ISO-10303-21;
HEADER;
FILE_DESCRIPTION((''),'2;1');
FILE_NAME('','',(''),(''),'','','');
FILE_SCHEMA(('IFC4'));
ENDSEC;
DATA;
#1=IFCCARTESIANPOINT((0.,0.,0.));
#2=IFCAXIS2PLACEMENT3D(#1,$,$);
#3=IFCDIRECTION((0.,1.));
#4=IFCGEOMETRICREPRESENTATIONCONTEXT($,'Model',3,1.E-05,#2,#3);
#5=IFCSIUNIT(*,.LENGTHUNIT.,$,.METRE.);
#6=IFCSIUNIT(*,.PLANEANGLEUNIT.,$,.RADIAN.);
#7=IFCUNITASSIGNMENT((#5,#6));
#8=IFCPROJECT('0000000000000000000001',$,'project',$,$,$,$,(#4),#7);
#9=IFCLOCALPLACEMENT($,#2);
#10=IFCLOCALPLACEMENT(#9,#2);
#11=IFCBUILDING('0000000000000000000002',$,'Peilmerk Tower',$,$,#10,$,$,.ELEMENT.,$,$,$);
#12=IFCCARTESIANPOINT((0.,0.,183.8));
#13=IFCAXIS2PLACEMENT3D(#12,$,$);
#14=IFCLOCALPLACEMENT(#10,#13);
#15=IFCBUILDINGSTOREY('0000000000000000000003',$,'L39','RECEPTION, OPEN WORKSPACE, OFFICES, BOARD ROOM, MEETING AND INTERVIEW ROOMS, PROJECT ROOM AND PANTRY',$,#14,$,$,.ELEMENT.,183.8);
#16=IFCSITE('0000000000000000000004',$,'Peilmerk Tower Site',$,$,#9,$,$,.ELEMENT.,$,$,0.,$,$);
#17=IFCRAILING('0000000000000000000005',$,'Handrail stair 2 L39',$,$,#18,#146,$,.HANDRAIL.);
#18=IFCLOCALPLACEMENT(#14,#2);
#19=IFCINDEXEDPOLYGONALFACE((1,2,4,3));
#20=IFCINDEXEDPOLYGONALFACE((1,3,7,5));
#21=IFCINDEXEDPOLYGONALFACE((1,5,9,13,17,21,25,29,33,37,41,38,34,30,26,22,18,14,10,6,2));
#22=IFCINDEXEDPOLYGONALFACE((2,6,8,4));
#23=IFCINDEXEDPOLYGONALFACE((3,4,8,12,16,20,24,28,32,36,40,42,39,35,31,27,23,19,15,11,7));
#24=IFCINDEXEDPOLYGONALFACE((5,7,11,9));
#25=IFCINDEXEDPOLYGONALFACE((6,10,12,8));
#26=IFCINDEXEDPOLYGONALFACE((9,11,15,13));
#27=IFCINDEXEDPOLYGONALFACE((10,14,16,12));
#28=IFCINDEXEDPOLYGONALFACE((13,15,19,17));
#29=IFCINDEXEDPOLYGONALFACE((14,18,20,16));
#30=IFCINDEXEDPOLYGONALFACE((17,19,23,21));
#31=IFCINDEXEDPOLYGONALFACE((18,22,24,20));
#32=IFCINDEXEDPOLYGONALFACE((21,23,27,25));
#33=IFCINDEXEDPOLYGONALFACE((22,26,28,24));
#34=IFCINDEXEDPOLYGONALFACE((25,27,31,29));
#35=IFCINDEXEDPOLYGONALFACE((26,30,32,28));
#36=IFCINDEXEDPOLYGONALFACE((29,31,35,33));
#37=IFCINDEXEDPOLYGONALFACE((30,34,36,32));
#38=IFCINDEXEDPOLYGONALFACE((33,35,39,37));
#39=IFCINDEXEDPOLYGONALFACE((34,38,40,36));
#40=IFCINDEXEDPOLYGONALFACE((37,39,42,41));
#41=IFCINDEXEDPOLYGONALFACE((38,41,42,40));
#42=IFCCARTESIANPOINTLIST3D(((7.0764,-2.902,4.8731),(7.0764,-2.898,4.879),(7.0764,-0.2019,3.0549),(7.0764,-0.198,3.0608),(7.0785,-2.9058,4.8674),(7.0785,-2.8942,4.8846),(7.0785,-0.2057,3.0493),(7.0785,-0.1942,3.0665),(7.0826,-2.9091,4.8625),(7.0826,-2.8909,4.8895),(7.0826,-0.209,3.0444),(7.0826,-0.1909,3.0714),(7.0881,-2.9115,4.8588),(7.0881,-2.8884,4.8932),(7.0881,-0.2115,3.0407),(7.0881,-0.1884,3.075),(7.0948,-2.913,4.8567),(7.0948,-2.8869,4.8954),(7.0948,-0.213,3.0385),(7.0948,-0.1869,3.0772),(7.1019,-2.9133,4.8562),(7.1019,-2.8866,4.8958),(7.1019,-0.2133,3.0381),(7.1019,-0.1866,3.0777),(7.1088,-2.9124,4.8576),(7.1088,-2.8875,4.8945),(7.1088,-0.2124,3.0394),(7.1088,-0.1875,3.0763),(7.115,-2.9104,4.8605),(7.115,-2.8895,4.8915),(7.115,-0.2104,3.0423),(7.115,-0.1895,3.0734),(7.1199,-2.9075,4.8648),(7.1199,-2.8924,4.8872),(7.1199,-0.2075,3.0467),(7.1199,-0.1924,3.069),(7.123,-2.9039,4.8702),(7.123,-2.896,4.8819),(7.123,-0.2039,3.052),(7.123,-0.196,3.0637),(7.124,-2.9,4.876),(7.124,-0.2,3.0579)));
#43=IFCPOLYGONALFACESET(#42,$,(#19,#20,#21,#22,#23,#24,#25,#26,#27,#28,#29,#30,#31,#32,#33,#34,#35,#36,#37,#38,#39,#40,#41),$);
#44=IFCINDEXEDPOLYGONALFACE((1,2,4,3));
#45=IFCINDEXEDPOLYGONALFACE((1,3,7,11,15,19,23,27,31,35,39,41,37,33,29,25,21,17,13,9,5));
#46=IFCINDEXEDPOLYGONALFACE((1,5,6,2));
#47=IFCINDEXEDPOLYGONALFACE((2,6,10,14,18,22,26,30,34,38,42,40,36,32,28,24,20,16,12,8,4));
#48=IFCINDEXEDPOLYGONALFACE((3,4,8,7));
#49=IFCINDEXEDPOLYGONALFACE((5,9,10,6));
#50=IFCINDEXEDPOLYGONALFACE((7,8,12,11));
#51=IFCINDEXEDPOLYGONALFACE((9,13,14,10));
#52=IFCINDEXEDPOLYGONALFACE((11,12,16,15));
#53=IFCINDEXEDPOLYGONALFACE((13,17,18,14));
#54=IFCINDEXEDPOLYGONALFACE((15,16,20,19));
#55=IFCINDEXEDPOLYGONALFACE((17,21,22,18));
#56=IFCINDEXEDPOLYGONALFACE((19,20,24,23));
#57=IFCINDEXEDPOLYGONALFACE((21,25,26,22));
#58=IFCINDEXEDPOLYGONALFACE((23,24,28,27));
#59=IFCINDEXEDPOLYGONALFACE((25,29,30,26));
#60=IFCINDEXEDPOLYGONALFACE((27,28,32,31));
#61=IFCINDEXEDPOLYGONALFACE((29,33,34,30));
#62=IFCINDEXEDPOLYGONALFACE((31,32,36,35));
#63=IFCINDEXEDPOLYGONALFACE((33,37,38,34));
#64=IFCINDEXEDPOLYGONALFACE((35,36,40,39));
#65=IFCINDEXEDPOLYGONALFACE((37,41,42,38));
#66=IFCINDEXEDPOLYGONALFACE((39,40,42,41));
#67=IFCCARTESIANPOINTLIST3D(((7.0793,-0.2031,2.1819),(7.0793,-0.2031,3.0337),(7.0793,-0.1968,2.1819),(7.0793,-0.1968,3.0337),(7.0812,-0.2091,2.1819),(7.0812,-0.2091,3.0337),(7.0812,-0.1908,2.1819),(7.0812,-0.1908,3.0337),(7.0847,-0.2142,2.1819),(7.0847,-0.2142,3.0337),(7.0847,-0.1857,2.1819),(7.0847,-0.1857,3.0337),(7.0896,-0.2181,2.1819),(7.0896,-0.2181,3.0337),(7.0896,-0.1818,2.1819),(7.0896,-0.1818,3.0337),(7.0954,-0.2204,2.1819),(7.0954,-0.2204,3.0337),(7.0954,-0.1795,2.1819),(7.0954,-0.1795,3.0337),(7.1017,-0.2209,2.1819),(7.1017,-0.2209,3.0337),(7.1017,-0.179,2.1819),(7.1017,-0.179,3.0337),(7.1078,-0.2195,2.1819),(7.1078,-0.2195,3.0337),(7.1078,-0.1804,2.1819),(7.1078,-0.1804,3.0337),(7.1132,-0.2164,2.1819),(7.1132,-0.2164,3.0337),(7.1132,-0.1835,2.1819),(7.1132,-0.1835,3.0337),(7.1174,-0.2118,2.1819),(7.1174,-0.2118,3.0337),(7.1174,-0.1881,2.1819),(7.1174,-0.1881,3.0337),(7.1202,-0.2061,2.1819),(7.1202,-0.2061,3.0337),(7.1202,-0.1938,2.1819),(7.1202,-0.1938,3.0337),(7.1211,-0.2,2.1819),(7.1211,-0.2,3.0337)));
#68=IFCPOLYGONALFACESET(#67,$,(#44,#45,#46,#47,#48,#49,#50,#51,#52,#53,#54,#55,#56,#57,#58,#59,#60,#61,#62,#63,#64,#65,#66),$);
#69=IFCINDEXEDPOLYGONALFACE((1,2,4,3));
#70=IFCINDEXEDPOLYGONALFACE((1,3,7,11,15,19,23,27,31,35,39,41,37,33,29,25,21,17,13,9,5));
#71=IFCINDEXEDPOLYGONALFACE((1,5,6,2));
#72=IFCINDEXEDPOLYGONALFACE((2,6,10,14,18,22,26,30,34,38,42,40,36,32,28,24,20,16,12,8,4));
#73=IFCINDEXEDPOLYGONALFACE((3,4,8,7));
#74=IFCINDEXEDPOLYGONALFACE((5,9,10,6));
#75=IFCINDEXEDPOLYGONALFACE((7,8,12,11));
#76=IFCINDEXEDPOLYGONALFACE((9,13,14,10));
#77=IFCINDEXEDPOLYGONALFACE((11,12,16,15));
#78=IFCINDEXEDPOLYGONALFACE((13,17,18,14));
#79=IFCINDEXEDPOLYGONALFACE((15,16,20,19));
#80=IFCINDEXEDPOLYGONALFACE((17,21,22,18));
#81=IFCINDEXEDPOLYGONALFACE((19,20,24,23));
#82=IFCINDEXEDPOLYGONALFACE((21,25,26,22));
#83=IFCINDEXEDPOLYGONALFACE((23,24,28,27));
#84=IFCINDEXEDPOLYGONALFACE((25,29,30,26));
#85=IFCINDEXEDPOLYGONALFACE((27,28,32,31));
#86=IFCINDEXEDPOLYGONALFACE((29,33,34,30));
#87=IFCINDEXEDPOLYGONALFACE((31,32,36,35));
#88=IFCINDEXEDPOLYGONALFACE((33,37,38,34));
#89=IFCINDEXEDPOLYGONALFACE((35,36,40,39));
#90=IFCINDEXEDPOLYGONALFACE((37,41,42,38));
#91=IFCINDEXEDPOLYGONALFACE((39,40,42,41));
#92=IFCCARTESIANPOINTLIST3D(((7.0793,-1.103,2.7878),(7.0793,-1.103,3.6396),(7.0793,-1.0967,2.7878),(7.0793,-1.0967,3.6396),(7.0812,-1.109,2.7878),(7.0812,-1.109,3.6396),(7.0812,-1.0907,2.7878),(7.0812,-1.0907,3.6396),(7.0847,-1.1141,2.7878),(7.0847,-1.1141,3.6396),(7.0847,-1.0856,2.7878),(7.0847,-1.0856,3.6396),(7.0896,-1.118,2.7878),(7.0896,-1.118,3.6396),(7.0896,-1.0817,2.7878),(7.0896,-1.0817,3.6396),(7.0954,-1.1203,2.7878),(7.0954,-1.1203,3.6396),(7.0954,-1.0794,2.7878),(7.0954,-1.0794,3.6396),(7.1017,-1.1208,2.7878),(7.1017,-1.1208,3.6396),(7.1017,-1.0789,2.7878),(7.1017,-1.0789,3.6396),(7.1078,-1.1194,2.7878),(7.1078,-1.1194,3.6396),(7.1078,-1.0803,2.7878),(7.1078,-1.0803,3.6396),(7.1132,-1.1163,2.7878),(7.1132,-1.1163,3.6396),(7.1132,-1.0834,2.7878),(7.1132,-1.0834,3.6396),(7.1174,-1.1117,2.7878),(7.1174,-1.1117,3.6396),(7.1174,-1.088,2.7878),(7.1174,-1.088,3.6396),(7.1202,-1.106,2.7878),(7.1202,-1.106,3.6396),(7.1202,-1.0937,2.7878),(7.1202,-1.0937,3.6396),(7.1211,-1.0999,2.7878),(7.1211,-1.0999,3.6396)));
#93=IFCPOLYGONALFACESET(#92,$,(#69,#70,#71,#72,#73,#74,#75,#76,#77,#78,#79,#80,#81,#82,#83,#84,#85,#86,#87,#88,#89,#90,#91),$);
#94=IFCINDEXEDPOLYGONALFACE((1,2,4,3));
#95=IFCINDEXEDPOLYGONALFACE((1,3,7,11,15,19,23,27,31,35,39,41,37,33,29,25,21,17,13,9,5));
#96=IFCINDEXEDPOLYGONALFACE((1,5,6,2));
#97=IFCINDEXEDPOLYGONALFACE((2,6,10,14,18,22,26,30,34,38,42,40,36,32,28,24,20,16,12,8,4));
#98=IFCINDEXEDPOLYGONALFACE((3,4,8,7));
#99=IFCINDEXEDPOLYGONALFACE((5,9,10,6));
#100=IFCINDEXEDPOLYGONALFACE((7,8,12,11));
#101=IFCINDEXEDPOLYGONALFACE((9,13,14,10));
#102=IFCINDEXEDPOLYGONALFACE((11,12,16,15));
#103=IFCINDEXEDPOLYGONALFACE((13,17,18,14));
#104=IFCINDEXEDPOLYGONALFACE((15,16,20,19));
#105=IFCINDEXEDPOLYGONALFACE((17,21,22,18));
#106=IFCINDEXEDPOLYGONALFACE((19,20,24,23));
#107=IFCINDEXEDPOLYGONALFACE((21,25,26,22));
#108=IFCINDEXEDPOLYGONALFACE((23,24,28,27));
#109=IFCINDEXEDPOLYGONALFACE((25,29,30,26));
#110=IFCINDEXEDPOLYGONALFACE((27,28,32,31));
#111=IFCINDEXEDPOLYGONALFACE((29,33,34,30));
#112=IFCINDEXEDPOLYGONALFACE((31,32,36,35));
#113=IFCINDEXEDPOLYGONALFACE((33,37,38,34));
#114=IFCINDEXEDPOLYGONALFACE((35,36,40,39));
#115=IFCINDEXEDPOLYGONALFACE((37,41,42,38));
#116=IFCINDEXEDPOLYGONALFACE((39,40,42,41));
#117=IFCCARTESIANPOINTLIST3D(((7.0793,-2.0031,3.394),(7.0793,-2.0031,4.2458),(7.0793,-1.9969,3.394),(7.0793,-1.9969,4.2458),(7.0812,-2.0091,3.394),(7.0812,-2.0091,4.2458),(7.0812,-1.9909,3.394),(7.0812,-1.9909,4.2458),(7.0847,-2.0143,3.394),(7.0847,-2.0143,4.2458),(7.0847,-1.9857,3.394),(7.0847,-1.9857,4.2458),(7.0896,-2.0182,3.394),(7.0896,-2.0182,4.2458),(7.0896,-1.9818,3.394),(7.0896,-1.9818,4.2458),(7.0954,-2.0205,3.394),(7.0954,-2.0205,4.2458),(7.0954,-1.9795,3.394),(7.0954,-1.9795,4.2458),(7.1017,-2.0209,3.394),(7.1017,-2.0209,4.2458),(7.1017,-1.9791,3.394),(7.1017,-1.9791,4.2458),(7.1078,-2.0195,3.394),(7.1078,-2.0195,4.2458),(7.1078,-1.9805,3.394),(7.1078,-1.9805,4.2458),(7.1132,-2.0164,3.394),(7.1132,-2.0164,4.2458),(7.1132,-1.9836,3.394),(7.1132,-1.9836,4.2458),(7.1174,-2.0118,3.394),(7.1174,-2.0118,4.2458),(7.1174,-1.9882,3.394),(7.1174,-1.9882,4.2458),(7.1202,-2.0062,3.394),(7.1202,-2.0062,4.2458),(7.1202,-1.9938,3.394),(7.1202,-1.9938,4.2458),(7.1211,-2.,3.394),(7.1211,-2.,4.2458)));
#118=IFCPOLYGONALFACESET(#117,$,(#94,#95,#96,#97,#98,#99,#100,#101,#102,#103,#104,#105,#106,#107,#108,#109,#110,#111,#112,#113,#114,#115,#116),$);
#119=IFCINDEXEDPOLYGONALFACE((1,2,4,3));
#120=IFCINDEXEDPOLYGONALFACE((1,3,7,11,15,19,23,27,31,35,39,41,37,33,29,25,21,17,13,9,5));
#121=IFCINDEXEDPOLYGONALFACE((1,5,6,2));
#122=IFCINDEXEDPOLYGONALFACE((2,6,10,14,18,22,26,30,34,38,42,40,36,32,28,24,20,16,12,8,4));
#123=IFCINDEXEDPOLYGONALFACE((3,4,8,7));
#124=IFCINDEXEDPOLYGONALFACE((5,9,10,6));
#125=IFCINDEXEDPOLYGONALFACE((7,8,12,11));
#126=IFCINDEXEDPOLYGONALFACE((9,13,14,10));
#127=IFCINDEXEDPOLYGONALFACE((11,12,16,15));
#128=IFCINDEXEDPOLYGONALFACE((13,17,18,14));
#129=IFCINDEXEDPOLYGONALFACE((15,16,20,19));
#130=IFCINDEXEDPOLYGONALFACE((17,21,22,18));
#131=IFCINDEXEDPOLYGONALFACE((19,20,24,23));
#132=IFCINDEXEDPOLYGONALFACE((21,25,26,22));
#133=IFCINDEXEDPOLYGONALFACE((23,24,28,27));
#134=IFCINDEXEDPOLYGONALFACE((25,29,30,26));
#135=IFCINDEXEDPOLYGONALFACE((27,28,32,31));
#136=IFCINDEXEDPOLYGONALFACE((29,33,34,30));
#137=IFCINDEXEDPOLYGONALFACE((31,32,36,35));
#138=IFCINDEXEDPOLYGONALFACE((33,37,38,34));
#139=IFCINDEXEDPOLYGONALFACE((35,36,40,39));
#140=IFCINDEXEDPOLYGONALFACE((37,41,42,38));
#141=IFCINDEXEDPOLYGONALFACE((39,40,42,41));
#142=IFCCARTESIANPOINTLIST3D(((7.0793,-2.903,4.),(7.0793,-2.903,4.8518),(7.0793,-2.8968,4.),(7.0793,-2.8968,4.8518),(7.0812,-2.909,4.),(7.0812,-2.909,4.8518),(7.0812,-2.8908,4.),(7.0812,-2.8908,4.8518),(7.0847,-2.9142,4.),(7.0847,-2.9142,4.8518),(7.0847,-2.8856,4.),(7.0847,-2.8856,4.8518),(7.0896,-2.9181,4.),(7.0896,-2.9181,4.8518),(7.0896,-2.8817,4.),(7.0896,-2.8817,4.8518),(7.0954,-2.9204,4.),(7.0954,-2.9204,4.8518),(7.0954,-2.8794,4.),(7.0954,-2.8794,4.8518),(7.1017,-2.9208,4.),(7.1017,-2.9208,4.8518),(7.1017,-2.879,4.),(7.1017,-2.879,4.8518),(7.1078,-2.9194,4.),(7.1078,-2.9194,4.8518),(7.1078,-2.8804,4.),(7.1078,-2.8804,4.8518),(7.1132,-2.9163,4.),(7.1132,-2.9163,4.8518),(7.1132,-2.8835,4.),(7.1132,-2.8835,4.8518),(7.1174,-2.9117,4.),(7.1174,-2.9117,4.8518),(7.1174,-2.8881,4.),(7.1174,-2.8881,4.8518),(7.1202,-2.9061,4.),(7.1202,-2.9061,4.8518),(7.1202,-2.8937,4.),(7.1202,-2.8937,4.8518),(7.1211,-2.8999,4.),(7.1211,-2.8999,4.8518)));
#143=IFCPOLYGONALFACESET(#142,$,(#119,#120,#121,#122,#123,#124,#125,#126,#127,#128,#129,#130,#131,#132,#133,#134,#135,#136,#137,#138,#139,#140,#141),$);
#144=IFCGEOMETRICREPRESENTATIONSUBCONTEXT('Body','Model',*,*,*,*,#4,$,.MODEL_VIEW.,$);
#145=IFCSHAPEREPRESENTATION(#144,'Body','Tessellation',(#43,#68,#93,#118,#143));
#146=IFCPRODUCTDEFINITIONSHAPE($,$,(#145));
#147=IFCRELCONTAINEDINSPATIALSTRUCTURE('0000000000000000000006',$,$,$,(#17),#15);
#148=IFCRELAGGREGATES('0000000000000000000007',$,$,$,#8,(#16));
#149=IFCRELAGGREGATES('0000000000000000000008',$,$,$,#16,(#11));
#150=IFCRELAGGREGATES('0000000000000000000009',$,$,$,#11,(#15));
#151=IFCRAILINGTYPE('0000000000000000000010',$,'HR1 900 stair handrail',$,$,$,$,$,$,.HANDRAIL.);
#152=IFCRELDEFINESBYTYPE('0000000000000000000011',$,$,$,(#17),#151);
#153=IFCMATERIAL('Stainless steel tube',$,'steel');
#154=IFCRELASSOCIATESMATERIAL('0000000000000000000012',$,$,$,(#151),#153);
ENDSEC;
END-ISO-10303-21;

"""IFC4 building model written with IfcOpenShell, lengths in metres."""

from ifc_helpers import new_model, si_unit, direction, frame, origin, origin_2d, place, context, subcontext, project, spatial, circle, extrude, material, type_object, element, save


model = new_model("IFC4")

# Units and contexts
model_context = context("Model", 3, precision=1e-05, world=origin(), true_north=direction((0.0, 1.0)))
body_context = subcontext(model_context, "Body", "Model", "MODEL_VIEW")
ifc_project = project(units=[si_unit("LENGTHUNIT", "METRE"), si_unit("PLANEANGLEUNIT", "RADIAN")], contexts=[model_context])

# Site, building, storey
site_placement = place(None, origin())
site = spatial("IfcSite", under=ifc_project, at=site_placement, Name="Peilmerk Tower Site", CompositionType="ELEMENT", RefElevation=0.0)
building_placement = place(site_placement, origin())
building = spatial("IfcBuilding", under=site, at=building_placement, Name="Peilmerk Tower", CompositionType="ELEMENT")
storey_placement = place(building_placement, frame((0.0, 0.0, 183.8)))
storey = spatial("IfcBuildingStorey", under=building, at=storey_placement, Name="L39", Description="RECEPTION, OPEN WORKSPACE, OFFICES, BOARD ROOM, MEETING AND INTERVIEW ROOMS, PROJECT ROOM AND PANTRY", CompositionType="ELEMENT", Elevation=183.8)

# Railing
ifc_material_1 = material(Name="Stainless steel tube", Category="steel")
railing_type_1 = type_object("IfcRailingType", Name="HR1 900 stair handrail", PredefinedType="HANDRAIL", material=ifc_material_1)
railing_1_placement = place(storey_placement, frame((7.1001, -0.2, 2.1819)))
element("IfcRailing", 1, at=railing_1_placement, inside=storey, type_object=railing_type_1, Name="Handrail stair 2 L39", PredefinedType="HANDRAIL", context=body_context, shape_type="SweptSolid", body=[
    extrude(circle(Radius=0.0239, at=origin_2d()), frame((0.0, 0.0, 0.876), z_axis=(0.0, -0.829468, 0.558554), x_axis=(1.0, 0.0, 0.0)), (0.0, 0.0, 1.0), 3.2551),
    extrude(circle(Radius=0.021, at=origin_2d()), origin(), (0.0, 0.0, 1.0), 0.8518),
    extrude(circle(Radius=0.021, at=origin_2d()), frame((0.0, -0.8999, 0.606)), (0.0, 0.0, 1.0), 0.8518),
    extrude(circle(Radius=0.021, at=origin_2d()), frame((0.0, -1.8, 1.2122)), (0.0, 0.0, 1.0), 0.8518),
    extrude(circle(Radius=0.021, at=origin_2d()), frame((0.0, -2.7, 1.8181)), (0.0, 0.0, 1.0), 0.8518),
])

save(model, "model.ifc")
